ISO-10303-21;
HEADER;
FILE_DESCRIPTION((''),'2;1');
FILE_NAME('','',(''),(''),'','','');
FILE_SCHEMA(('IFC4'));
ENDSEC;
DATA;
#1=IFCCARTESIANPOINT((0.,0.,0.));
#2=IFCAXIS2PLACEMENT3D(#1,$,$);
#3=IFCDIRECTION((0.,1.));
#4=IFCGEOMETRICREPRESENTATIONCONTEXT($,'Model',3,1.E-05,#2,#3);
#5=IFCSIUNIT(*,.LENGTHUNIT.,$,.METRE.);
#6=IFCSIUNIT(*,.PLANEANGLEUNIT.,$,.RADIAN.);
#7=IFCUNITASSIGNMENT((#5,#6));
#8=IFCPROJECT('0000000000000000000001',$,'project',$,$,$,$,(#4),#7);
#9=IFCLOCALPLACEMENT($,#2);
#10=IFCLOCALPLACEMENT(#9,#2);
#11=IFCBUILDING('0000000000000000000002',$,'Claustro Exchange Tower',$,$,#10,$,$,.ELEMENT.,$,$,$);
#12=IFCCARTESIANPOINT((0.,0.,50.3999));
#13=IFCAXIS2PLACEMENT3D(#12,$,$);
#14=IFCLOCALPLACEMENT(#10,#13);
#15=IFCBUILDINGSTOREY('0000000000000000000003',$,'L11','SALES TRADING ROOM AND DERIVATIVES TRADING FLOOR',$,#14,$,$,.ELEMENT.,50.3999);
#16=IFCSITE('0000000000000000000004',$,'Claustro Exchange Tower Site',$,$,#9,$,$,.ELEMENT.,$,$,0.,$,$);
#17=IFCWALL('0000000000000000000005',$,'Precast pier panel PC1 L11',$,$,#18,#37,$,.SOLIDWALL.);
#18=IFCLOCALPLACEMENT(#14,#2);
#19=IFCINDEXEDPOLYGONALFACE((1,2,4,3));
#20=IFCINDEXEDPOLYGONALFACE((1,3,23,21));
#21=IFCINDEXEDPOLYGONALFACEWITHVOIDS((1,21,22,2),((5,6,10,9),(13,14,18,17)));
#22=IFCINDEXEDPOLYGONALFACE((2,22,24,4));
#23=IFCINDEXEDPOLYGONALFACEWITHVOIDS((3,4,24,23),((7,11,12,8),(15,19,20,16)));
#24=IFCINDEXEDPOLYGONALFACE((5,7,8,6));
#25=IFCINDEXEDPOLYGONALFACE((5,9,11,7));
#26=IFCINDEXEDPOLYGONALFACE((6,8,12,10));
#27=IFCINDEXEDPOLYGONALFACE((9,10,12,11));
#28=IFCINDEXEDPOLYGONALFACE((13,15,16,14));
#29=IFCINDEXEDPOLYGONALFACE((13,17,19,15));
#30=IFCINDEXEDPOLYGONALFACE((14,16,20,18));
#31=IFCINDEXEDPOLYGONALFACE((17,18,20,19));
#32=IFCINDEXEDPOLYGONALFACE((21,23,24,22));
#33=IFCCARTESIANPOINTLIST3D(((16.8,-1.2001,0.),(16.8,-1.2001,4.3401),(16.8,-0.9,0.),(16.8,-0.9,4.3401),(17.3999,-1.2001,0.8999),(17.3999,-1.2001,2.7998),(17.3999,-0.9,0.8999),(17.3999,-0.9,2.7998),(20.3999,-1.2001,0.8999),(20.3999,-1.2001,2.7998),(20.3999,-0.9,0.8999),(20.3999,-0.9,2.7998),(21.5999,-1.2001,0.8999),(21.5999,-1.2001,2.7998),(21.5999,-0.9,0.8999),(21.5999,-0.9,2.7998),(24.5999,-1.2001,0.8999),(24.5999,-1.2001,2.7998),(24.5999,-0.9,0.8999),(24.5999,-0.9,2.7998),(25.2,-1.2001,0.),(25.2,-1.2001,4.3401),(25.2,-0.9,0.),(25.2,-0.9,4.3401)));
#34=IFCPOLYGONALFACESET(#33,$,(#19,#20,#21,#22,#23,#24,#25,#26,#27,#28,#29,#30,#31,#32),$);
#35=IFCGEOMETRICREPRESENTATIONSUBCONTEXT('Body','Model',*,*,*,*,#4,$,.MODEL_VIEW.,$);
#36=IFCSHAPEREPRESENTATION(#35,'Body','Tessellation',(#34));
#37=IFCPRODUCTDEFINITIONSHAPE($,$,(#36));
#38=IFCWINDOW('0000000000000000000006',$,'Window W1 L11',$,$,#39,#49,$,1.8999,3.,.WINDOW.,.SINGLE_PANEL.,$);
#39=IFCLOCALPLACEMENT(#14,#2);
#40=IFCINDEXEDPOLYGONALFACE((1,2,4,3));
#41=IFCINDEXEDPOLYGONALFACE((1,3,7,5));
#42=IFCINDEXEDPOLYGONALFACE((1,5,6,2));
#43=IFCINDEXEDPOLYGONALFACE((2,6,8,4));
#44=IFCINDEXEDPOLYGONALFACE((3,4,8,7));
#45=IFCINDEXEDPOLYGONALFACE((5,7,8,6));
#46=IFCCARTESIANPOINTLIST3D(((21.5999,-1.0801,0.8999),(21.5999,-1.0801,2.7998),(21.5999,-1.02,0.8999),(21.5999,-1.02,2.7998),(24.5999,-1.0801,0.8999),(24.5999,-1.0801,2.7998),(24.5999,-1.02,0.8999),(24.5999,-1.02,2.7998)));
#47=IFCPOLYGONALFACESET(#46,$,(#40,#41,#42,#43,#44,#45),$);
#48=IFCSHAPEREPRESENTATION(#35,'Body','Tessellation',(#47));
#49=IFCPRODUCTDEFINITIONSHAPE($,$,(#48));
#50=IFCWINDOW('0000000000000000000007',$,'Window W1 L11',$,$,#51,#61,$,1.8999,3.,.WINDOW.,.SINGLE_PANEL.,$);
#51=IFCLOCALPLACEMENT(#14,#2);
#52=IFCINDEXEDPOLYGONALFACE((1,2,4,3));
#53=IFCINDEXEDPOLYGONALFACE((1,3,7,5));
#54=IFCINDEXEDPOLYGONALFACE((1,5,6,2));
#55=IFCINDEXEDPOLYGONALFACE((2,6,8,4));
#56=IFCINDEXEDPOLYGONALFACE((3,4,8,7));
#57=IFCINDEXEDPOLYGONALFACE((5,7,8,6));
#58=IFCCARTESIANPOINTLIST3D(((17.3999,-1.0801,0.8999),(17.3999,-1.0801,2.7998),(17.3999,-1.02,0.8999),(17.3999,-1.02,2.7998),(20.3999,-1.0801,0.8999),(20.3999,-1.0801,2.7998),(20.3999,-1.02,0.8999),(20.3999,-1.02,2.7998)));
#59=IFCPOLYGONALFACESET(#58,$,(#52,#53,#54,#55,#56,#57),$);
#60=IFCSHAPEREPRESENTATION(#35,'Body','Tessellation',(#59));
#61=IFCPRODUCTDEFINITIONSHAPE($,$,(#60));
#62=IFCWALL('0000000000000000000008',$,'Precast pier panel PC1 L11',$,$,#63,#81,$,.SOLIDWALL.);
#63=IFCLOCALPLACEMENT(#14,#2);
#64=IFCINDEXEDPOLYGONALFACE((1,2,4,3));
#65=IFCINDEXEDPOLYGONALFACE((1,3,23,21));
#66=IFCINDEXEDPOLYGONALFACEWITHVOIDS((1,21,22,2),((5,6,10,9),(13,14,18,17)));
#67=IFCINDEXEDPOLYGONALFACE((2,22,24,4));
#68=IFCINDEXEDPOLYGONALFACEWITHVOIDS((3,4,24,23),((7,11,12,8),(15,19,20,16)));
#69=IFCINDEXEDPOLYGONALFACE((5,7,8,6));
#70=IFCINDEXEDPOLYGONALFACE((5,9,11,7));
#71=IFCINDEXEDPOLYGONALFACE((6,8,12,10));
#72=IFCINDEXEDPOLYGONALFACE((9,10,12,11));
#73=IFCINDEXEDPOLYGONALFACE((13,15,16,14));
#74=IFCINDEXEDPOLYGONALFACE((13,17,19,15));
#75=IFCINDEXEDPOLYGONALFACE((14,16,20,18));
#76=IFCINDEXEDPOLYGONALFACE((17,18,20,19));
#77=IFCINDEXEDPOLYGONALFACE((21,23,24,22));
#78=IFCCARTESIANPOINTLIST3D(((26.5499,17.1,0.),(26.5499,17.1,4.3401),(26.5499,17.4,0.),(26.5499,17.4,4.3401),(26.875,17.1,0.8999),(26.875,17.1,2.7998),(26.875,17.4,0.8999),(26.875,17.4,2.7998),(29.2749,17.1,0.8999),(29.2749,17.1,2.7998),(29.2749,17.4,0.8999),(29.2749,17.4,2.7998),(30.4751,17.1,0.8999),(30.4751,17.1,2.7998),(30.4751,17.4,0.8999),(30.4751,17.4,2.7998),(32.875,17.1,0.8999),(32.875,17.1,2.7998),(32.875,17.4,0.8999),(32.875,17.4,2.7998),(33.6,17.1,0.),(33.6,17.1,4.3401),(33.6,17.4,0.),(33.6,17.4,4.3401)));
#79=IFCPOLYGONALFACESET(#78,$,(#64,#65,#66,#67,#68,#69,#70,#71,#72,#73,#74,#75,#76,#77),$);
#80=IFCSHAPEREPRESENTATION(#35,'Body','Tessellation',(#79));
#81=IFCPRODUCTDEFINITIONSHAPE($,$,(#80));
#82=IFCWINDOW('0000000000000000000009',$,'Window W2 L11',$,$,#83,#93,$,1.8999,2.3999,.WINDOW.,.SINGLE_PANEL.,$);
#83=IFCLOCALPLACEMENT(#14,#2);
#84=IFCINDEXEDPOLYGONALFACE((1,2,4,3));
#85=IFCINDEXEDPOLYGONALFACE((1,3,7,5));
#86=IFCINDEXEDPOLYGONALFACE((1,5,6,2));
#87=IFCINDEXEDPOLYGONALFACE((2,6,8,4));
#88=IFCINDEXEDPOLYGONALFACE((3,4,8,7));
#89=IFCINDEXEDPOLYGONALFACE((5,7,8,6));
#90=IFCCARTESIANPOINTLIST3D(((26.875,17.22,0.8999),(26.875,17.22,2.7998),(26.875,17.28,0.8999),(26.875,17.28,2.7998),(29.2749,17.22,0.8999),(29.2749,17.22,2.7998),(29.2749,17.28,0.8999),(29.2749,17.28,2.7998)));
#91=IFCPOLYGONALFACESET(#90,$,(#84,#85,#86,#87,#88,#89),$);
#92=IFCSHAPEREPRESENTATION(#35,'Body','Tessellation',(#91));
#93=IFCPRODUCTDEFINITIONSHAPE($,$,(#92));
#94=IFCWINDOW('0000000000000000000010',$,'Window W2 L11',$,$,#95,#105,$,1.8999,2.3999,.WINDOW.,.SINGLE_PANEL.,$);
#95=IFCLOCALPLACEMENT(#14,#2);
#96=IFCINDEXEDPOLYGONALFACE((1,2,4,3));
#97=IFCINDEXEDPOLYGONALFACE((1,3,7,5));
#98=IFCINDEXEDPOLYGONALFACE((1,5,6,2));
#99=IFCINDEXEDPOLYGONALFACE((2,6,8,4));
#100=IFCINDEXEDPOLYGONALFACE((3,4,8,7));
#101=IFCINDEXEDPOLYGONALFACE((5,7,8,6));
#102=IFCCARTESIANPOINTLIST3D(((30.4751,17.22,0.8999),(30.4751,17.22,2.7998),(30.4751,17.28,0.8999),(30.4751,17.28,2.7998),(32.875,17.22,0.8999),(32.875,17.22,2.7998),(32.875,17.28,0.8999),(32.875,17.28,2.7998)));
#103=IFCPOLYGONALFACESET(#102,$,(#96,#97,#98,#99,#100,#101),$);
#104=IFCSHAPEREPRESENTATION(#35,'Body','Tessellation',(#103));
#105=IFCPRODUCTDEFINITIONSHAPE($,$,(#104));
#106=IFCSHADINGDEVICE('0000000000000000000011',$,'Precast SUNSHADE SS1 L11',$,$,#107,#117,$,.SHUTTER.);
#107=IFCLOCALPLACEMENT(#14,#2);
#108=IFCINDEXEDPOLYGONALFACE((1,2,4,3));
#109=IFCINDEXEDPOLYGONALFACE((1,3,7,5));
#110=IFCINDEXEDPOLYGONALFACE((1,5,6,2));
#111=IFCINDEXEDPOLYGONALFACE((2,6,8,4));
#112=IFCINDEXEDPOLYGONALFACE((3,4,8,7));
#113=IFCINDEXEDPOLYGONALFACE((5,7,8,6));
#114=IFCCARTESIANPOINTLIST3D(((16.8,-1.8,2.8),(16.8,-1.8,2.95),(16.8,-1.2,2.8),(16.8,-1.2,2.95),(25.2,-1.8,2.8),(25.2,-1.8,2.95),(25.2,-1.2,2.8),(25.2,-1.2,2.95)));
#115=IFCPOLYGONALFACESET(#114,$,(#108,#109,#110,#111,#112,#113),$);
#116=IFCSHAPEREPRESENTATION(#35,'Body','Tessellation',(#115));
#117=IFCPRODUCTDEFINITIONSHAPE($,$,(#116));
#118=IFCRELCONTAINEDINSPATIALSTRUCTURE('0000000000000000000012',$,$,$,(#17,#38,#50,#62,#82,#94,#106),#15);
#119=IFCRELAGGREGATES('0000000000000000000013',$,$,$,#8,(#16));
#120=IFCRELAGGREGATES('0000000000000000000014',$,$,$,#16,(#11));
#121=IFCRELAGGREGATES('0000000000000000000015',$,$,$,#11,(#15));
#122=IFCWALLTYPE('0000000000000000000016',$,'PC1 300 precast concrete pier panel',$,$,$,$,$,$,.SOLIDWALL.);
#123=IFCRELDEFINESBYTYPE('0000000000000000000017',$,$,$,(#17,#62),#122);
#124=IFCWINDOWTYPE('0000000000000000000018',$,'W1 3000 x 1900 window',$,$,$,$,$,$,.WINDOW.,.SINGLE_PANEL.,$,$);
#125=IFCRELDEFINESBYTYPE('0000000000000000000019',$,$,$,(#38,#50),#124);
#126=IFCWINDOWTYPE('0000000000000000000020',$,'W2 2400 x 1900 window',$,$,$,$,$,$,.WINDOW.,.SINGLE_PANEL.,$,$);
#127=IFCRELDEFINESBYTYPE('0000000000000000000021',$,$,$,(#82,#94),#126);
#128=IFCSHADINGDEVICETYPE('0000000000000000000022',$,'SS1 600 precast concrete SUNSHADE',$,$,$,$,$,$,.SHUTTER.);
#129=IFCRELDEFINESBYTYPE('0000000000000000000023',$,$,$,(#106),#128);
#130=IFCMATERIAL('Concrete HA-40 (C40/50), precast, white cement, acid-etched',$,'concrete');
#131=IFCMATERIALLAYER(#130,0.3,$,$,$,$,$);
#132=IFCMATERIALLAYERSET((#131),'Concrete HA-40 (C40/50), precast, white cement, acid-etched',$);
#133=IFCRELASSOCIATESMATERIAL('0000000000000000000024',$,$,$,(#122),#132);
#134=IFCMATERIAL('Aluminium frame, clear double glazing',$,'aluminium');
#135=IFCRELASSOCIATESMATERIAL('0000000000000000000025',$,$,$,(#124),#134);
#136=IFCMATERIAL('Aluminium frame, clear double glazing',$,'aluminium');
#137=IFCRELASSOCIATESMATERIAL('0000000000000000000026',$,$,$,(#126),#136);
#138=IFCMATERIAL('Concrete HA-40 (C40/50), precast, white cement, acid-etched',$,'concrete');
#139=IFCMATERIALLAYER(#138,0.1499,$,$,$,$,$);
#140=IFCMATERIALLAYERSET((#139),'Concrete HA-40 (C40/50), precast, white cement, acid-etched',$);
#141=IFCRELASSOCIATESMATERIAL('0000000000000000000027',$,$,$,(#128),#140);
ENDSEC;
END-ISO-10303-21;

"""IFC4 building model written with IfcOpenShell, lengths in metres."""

from ifc_helpers import new_model, si_unit, direction, frame, frame_2d, origin, origin_2d, place, context, subcontext, project, spatial, rectangle, extrude, material, layer, layer_set, type_object, element, fill, save


model = new_model("IFC4")

# Units and contexts
model_context = context("Model", 3, precision=1e-05, world=origin(), true_north=direction((0.0, 1.0)))
body_context = subcontext(model_context, "Body", "Model", "MODEL_VIEW")
ifc_project = project(units=[si_unit("LENGTHUNIT", "METRE"), si_unit("PLANEANGLEUNIT", "RADIAN")], contexts=[model_context])

# Site, building, storey
site_placement = place(None, origin())
site = spatial("IfcSite", under=ifc_project, at=site_placement, Name="Claustro Exchange Tower Site", CompositionType="ELEMENT", RefElevation=0.0)
building_placement = place(site_placement, origin())
building = spatial("IfcBuilding", under=site, at=building_placement, Name="Claustro Exchange Tower", CompositionType="ELEMENT")
storey_placement = place(building_placement, frame((0.0, 0.0, 50.3999)))
storey = spatial("IfcBuildingStorey", under=building, at=storey_placement, Name="L11", Description="SALES TRADING ROOM AND DERIVATIVES TRADING FLOOR", CompositionType="ELEMENT", Elevation=50.3999)

# Walls, openings, windows
ifc_material_1 = material(Name="Concrete HA-40 (C40/50), precast, white cement, acid-etched", Category="concrete")
ifc_layer_1 = layer(ifc_material_1, 0.3)
ifc_layer_set_1 = layer_set([ifc_layer_1], Name="Concrete HA-40 (C40/50), precast, white cement, acid-etched")
wall_type_1 = type_object("IfcWallType", Name="PC1 300 precast concrete pier panel", PredefinedType="SOLIDWALL", material=ifc_layer_set_1)
wall_1_placement = place(storey_placement, frame((25.2, -1.05, 0.0), z_axis=(0.0, 0.0, 1.0), x_axis=(-1.0, 0.0, 0.0)))
wall_1 = element("IfcWall", 1, at=wall_1_placement, inside=storey, type_object=wall_type_1, Name="Precast pier panel PC1 L11", PredefinedType="SOLIDWALL", context=body_context, shape_type="SweptSolid", body=[
    extrude(rectangle(XDim=8.3999, YDim=0.3, at=frame_2d((4.2, 0.0))), origin(), (0.0, 0.0, 1.0), 4.3401),
])
opening_1_placement = place(wall_1_placement, frame((0.6001, 0.0, 0.8999)))
opening_1 = element("IfcOpeningElement", 2, at=opening_1_placement, cuts=wall_1, PredefinedType="OPENING", context=body_context, shape_type="SweptSolid", body=[
    extrude(rectangle(XDim=3.0, YDim=1.8999, at=frame_2d((1.5, 0.95))), frame((0.0, 0.1599, 0.0), z_axis=(0.0, -1.0, 0.0), x_axis=(1.0, 0.0, 0.0)), (0.0, 0.0, 1.0), 0.3201),
])
opening_2_placement = place(wall_1_placement, frame((4.8, 0.0, 0.8999)))
opening_2 = element("IfcOpeningElement", 3, at=opening_2_placement, cuts=wall_1, PredefinedType="OPENING", context=body_context, shape_type="SweptSolid", body=[
    extrude(rectangle(XDim=3.0, YDim=1.8999, at=frame_2d((1.5, 0.95))), frame((0.0, 0.1599, 0.0), z_axis=(0.0, -1.0, 0.0), x_axis=(1.0, 0.0, 0.0)), (0.0, 0.0, 1.0), 0.3201),
])
ifc_material_2 = material(Name="Aluminium frame, clear double glazing", Category="aluminium")
window_type_1 = type_object("IfcWindowType", Name="W1 3000 x 1900 window", PartitioningType="SINGLE_PANEL", PredefinedType="WINDOW", material=ifc_material_2)
window_1_placement = place(opening_1_placement, origin())
window_1 = element("IfcWindow", 4, at=window_1_placement, inside=storey, type_object=window_type_1, Name="Window W1 L11", OverallHeight=1.8999, OverallWidth=3.0, PartitioningType="SINGLE_PANEL", PredefinedType="WINDOW", context=body_context, shape_type="SweptSolid", body=[
    extrude(rectangle(XDim=3.0, YDim=1.8999, at=frame_2d((1.5, 0.95))), frame((0.0, 0.03, 0.0), z_axis=(0.0, -1.0, 0.0), x_axis=(1.0, 0.0, 0.0)), (0.0, 0.0, 1.0), 0.0601),
])
fill(opening_1, window_1)
window_2_placement = place(opening_2_placement, origin())
window_2 = element("IfcWindow", 5, at=window_2_placement, inside=storey, type_object=window_type_1, Name="Window W1 L11", OverallHeight=1.8999, OverallWidth=3.0, PartitioningType="SINGLE_PANEL", PredefinedType="WINDOW", context=body_context, shape_type="SweptSolid", body=[
    extrude(rectangle(XDim=3.0, YDim=1.8999, at=frame_2d((1.5, 0.95))), frame((0.0, 0.03, 0.0), z_axis=(0.0, -1.0, 0.0), x_axis=(1.0, 0.0, 0.0)), (0.0, 0.0, 1.0), 0.0601),
])
fill(opening_2, window_2)
wall_2_placement = place(storey_placement, frame((26.55, 17.25, 0.0), z_axis=(0.0, 0.0, 1.0), x_axis=(1.0, 0.0, 0.0)))
wall_2 = element("IfcWall", 6, at=wall_2_placement, inside=storey, type_object=wall_type_1, Name="Precast pier panel PC1 L11", PredefinedType="SOLIDWALL", context=body_context, shape_type="SweptSolid", body=[
    extrude(rectangle(XDim=7.05, YDim=0.3, at=frame_2d((3.5249, 0.0))), origin(), (0.0, 0.0, 1.0), 4.3401),
])
opening_3_placement = place(wall_2_placement, frame((0.325, 0.0, 0.8999)))
opening_3 = element("IfcOpeningElement", 7, at=opening_3_placement, cuts=wall_2, PredefinedType="OPENING", context=body_context, shape_type="SweptSolid", body=[
    extrude(rectangle(XDim=2.3999, YDim=1.8999, at=frame_2d((1.2, 0.95))), frame((0.0, 0.1599, 0.0), z_axis=(0.0, -1.0, 0.0), x_axis=(1.0, 0.0, 0.0)), (0.0, 0.0, 1.0), 0.3201),
])
opening_4_placement = place(wall_2_placement, frame((3.925, 0.0, 0.8999)))
opening_4 = element("IfcOpeningElement", 8, at=opening_4_placement, cuts=wall_2, PredefinedType="OPENING", context=body_context, shape_type="SweptSolid", body=[
    extrude(rectangle(XDim=2.3999, YDim=1.8999, at=frame_2d((1.2, 0.95))), frame((0.0, 0.1599, 0.0), z_axis=(0.0, -1.0, 0.0), x_axis=(1.0, 0.0, 0.0)), (0.0, 0.0, 1.0), 0.3201),
])
ifc_material_3 = material(Name="Aluminium frame, clear double glazing", Category="aluminium")
window_type_2 = type_object("IfcWindowType", Name="W2 2400 x 1900 window", PartitioningType="SINGLE_PANEL", PredefinedType="WINDOW", material=ifc_material_3)
window_3_placement = place(opening_3_placement, origin())
window_3 = element("IfcWindow", 9, at=window_3_placement, inside=storey, type_object=window_type_2, Name="Window W2 L11", OverallHeight=1.8999, OverallWidth=2.3999, PartitioningType="SINGLE_PANEL", PredefinedType="WINDOW", context=body_context, shape_type="SweptSolid", body=[
    extrude(rectangle(XDim=2.3999, YDim=1.8999, at=frame_2d((1.2, 0.95))), frame((0.0, 0.03, 0.0), z_axis=(0.0, -1.0, 0.0), x_axis=(1.0, 0.0, 0.0)), (0.0, 0.0, 1.0), 0.0601),
])
fill(opening_3, window_3)
window_4_placement = place(opening_4_placement, origin())
window_4 = element("IfcWindow", 10, at=window_4_placement, inside=storey, type_object=window_type_2, Name="Window W2 L11", OverallHeight=1.8999, OverallWidth=2.3999, PartitioningType="SINGLE_PANEL", PredefinedType="WINDOW", context=body_context, shape_type="SweptSolid", body=[
    extrude(rectangle(XDim=2.3999, YDim=1.8999, at=frame_2d((1.2, 0.95))), frame((0.0, 0.03, 0.0), z_axis=(0.0, -1.0, 0.0), x_axis=(1.0, 0.0, 0.0)), (0.0, 0.0, 1.0), 0.0601),
])
fill(opening_4, window_4)

# Shading device
ifc_material_4 = material(Name="Concrete HA-40 (C40/50), precast, white cement, acid-etched", Category="concrete")
ifc_layer_2 = layer(ifc_material_4, 0.1499)
ifc_layer_set_2 = layer_set([ifc_layer_2], Name="Concrete HA-40 (C40/50), precast, white cement, acid-etched")
shading_device_type = type_object("IfcShadingDeviceType", Name="SS1 600 precast concrete SUNSHADE", PredefinedType="SHUTTER", material=ifc_layer_set_2)
shading_device_placement = place(storey_placement, frame((21.0, -1.5, 2.8), z_axis=(0.0, 0.0, 1.0), x_axis=(-1.0, 0.0, 0.0)))
element("IfcShadingDevice", 11, at=shading_device_placement, inside=storey, type_object=shading_device_type, Name="Precast SUNSHADE SS1 L11", PredefinedType="SHUTTER", context=body_context, shape_type="SweptSolid", body=[
    extrude(rectangle(XDim=8.3999, YDim=0.6001, at=origin_2d()), origin(), (0.0, 0.0, 1.0), 0.1499),
])

save(model, "model.ifc")
